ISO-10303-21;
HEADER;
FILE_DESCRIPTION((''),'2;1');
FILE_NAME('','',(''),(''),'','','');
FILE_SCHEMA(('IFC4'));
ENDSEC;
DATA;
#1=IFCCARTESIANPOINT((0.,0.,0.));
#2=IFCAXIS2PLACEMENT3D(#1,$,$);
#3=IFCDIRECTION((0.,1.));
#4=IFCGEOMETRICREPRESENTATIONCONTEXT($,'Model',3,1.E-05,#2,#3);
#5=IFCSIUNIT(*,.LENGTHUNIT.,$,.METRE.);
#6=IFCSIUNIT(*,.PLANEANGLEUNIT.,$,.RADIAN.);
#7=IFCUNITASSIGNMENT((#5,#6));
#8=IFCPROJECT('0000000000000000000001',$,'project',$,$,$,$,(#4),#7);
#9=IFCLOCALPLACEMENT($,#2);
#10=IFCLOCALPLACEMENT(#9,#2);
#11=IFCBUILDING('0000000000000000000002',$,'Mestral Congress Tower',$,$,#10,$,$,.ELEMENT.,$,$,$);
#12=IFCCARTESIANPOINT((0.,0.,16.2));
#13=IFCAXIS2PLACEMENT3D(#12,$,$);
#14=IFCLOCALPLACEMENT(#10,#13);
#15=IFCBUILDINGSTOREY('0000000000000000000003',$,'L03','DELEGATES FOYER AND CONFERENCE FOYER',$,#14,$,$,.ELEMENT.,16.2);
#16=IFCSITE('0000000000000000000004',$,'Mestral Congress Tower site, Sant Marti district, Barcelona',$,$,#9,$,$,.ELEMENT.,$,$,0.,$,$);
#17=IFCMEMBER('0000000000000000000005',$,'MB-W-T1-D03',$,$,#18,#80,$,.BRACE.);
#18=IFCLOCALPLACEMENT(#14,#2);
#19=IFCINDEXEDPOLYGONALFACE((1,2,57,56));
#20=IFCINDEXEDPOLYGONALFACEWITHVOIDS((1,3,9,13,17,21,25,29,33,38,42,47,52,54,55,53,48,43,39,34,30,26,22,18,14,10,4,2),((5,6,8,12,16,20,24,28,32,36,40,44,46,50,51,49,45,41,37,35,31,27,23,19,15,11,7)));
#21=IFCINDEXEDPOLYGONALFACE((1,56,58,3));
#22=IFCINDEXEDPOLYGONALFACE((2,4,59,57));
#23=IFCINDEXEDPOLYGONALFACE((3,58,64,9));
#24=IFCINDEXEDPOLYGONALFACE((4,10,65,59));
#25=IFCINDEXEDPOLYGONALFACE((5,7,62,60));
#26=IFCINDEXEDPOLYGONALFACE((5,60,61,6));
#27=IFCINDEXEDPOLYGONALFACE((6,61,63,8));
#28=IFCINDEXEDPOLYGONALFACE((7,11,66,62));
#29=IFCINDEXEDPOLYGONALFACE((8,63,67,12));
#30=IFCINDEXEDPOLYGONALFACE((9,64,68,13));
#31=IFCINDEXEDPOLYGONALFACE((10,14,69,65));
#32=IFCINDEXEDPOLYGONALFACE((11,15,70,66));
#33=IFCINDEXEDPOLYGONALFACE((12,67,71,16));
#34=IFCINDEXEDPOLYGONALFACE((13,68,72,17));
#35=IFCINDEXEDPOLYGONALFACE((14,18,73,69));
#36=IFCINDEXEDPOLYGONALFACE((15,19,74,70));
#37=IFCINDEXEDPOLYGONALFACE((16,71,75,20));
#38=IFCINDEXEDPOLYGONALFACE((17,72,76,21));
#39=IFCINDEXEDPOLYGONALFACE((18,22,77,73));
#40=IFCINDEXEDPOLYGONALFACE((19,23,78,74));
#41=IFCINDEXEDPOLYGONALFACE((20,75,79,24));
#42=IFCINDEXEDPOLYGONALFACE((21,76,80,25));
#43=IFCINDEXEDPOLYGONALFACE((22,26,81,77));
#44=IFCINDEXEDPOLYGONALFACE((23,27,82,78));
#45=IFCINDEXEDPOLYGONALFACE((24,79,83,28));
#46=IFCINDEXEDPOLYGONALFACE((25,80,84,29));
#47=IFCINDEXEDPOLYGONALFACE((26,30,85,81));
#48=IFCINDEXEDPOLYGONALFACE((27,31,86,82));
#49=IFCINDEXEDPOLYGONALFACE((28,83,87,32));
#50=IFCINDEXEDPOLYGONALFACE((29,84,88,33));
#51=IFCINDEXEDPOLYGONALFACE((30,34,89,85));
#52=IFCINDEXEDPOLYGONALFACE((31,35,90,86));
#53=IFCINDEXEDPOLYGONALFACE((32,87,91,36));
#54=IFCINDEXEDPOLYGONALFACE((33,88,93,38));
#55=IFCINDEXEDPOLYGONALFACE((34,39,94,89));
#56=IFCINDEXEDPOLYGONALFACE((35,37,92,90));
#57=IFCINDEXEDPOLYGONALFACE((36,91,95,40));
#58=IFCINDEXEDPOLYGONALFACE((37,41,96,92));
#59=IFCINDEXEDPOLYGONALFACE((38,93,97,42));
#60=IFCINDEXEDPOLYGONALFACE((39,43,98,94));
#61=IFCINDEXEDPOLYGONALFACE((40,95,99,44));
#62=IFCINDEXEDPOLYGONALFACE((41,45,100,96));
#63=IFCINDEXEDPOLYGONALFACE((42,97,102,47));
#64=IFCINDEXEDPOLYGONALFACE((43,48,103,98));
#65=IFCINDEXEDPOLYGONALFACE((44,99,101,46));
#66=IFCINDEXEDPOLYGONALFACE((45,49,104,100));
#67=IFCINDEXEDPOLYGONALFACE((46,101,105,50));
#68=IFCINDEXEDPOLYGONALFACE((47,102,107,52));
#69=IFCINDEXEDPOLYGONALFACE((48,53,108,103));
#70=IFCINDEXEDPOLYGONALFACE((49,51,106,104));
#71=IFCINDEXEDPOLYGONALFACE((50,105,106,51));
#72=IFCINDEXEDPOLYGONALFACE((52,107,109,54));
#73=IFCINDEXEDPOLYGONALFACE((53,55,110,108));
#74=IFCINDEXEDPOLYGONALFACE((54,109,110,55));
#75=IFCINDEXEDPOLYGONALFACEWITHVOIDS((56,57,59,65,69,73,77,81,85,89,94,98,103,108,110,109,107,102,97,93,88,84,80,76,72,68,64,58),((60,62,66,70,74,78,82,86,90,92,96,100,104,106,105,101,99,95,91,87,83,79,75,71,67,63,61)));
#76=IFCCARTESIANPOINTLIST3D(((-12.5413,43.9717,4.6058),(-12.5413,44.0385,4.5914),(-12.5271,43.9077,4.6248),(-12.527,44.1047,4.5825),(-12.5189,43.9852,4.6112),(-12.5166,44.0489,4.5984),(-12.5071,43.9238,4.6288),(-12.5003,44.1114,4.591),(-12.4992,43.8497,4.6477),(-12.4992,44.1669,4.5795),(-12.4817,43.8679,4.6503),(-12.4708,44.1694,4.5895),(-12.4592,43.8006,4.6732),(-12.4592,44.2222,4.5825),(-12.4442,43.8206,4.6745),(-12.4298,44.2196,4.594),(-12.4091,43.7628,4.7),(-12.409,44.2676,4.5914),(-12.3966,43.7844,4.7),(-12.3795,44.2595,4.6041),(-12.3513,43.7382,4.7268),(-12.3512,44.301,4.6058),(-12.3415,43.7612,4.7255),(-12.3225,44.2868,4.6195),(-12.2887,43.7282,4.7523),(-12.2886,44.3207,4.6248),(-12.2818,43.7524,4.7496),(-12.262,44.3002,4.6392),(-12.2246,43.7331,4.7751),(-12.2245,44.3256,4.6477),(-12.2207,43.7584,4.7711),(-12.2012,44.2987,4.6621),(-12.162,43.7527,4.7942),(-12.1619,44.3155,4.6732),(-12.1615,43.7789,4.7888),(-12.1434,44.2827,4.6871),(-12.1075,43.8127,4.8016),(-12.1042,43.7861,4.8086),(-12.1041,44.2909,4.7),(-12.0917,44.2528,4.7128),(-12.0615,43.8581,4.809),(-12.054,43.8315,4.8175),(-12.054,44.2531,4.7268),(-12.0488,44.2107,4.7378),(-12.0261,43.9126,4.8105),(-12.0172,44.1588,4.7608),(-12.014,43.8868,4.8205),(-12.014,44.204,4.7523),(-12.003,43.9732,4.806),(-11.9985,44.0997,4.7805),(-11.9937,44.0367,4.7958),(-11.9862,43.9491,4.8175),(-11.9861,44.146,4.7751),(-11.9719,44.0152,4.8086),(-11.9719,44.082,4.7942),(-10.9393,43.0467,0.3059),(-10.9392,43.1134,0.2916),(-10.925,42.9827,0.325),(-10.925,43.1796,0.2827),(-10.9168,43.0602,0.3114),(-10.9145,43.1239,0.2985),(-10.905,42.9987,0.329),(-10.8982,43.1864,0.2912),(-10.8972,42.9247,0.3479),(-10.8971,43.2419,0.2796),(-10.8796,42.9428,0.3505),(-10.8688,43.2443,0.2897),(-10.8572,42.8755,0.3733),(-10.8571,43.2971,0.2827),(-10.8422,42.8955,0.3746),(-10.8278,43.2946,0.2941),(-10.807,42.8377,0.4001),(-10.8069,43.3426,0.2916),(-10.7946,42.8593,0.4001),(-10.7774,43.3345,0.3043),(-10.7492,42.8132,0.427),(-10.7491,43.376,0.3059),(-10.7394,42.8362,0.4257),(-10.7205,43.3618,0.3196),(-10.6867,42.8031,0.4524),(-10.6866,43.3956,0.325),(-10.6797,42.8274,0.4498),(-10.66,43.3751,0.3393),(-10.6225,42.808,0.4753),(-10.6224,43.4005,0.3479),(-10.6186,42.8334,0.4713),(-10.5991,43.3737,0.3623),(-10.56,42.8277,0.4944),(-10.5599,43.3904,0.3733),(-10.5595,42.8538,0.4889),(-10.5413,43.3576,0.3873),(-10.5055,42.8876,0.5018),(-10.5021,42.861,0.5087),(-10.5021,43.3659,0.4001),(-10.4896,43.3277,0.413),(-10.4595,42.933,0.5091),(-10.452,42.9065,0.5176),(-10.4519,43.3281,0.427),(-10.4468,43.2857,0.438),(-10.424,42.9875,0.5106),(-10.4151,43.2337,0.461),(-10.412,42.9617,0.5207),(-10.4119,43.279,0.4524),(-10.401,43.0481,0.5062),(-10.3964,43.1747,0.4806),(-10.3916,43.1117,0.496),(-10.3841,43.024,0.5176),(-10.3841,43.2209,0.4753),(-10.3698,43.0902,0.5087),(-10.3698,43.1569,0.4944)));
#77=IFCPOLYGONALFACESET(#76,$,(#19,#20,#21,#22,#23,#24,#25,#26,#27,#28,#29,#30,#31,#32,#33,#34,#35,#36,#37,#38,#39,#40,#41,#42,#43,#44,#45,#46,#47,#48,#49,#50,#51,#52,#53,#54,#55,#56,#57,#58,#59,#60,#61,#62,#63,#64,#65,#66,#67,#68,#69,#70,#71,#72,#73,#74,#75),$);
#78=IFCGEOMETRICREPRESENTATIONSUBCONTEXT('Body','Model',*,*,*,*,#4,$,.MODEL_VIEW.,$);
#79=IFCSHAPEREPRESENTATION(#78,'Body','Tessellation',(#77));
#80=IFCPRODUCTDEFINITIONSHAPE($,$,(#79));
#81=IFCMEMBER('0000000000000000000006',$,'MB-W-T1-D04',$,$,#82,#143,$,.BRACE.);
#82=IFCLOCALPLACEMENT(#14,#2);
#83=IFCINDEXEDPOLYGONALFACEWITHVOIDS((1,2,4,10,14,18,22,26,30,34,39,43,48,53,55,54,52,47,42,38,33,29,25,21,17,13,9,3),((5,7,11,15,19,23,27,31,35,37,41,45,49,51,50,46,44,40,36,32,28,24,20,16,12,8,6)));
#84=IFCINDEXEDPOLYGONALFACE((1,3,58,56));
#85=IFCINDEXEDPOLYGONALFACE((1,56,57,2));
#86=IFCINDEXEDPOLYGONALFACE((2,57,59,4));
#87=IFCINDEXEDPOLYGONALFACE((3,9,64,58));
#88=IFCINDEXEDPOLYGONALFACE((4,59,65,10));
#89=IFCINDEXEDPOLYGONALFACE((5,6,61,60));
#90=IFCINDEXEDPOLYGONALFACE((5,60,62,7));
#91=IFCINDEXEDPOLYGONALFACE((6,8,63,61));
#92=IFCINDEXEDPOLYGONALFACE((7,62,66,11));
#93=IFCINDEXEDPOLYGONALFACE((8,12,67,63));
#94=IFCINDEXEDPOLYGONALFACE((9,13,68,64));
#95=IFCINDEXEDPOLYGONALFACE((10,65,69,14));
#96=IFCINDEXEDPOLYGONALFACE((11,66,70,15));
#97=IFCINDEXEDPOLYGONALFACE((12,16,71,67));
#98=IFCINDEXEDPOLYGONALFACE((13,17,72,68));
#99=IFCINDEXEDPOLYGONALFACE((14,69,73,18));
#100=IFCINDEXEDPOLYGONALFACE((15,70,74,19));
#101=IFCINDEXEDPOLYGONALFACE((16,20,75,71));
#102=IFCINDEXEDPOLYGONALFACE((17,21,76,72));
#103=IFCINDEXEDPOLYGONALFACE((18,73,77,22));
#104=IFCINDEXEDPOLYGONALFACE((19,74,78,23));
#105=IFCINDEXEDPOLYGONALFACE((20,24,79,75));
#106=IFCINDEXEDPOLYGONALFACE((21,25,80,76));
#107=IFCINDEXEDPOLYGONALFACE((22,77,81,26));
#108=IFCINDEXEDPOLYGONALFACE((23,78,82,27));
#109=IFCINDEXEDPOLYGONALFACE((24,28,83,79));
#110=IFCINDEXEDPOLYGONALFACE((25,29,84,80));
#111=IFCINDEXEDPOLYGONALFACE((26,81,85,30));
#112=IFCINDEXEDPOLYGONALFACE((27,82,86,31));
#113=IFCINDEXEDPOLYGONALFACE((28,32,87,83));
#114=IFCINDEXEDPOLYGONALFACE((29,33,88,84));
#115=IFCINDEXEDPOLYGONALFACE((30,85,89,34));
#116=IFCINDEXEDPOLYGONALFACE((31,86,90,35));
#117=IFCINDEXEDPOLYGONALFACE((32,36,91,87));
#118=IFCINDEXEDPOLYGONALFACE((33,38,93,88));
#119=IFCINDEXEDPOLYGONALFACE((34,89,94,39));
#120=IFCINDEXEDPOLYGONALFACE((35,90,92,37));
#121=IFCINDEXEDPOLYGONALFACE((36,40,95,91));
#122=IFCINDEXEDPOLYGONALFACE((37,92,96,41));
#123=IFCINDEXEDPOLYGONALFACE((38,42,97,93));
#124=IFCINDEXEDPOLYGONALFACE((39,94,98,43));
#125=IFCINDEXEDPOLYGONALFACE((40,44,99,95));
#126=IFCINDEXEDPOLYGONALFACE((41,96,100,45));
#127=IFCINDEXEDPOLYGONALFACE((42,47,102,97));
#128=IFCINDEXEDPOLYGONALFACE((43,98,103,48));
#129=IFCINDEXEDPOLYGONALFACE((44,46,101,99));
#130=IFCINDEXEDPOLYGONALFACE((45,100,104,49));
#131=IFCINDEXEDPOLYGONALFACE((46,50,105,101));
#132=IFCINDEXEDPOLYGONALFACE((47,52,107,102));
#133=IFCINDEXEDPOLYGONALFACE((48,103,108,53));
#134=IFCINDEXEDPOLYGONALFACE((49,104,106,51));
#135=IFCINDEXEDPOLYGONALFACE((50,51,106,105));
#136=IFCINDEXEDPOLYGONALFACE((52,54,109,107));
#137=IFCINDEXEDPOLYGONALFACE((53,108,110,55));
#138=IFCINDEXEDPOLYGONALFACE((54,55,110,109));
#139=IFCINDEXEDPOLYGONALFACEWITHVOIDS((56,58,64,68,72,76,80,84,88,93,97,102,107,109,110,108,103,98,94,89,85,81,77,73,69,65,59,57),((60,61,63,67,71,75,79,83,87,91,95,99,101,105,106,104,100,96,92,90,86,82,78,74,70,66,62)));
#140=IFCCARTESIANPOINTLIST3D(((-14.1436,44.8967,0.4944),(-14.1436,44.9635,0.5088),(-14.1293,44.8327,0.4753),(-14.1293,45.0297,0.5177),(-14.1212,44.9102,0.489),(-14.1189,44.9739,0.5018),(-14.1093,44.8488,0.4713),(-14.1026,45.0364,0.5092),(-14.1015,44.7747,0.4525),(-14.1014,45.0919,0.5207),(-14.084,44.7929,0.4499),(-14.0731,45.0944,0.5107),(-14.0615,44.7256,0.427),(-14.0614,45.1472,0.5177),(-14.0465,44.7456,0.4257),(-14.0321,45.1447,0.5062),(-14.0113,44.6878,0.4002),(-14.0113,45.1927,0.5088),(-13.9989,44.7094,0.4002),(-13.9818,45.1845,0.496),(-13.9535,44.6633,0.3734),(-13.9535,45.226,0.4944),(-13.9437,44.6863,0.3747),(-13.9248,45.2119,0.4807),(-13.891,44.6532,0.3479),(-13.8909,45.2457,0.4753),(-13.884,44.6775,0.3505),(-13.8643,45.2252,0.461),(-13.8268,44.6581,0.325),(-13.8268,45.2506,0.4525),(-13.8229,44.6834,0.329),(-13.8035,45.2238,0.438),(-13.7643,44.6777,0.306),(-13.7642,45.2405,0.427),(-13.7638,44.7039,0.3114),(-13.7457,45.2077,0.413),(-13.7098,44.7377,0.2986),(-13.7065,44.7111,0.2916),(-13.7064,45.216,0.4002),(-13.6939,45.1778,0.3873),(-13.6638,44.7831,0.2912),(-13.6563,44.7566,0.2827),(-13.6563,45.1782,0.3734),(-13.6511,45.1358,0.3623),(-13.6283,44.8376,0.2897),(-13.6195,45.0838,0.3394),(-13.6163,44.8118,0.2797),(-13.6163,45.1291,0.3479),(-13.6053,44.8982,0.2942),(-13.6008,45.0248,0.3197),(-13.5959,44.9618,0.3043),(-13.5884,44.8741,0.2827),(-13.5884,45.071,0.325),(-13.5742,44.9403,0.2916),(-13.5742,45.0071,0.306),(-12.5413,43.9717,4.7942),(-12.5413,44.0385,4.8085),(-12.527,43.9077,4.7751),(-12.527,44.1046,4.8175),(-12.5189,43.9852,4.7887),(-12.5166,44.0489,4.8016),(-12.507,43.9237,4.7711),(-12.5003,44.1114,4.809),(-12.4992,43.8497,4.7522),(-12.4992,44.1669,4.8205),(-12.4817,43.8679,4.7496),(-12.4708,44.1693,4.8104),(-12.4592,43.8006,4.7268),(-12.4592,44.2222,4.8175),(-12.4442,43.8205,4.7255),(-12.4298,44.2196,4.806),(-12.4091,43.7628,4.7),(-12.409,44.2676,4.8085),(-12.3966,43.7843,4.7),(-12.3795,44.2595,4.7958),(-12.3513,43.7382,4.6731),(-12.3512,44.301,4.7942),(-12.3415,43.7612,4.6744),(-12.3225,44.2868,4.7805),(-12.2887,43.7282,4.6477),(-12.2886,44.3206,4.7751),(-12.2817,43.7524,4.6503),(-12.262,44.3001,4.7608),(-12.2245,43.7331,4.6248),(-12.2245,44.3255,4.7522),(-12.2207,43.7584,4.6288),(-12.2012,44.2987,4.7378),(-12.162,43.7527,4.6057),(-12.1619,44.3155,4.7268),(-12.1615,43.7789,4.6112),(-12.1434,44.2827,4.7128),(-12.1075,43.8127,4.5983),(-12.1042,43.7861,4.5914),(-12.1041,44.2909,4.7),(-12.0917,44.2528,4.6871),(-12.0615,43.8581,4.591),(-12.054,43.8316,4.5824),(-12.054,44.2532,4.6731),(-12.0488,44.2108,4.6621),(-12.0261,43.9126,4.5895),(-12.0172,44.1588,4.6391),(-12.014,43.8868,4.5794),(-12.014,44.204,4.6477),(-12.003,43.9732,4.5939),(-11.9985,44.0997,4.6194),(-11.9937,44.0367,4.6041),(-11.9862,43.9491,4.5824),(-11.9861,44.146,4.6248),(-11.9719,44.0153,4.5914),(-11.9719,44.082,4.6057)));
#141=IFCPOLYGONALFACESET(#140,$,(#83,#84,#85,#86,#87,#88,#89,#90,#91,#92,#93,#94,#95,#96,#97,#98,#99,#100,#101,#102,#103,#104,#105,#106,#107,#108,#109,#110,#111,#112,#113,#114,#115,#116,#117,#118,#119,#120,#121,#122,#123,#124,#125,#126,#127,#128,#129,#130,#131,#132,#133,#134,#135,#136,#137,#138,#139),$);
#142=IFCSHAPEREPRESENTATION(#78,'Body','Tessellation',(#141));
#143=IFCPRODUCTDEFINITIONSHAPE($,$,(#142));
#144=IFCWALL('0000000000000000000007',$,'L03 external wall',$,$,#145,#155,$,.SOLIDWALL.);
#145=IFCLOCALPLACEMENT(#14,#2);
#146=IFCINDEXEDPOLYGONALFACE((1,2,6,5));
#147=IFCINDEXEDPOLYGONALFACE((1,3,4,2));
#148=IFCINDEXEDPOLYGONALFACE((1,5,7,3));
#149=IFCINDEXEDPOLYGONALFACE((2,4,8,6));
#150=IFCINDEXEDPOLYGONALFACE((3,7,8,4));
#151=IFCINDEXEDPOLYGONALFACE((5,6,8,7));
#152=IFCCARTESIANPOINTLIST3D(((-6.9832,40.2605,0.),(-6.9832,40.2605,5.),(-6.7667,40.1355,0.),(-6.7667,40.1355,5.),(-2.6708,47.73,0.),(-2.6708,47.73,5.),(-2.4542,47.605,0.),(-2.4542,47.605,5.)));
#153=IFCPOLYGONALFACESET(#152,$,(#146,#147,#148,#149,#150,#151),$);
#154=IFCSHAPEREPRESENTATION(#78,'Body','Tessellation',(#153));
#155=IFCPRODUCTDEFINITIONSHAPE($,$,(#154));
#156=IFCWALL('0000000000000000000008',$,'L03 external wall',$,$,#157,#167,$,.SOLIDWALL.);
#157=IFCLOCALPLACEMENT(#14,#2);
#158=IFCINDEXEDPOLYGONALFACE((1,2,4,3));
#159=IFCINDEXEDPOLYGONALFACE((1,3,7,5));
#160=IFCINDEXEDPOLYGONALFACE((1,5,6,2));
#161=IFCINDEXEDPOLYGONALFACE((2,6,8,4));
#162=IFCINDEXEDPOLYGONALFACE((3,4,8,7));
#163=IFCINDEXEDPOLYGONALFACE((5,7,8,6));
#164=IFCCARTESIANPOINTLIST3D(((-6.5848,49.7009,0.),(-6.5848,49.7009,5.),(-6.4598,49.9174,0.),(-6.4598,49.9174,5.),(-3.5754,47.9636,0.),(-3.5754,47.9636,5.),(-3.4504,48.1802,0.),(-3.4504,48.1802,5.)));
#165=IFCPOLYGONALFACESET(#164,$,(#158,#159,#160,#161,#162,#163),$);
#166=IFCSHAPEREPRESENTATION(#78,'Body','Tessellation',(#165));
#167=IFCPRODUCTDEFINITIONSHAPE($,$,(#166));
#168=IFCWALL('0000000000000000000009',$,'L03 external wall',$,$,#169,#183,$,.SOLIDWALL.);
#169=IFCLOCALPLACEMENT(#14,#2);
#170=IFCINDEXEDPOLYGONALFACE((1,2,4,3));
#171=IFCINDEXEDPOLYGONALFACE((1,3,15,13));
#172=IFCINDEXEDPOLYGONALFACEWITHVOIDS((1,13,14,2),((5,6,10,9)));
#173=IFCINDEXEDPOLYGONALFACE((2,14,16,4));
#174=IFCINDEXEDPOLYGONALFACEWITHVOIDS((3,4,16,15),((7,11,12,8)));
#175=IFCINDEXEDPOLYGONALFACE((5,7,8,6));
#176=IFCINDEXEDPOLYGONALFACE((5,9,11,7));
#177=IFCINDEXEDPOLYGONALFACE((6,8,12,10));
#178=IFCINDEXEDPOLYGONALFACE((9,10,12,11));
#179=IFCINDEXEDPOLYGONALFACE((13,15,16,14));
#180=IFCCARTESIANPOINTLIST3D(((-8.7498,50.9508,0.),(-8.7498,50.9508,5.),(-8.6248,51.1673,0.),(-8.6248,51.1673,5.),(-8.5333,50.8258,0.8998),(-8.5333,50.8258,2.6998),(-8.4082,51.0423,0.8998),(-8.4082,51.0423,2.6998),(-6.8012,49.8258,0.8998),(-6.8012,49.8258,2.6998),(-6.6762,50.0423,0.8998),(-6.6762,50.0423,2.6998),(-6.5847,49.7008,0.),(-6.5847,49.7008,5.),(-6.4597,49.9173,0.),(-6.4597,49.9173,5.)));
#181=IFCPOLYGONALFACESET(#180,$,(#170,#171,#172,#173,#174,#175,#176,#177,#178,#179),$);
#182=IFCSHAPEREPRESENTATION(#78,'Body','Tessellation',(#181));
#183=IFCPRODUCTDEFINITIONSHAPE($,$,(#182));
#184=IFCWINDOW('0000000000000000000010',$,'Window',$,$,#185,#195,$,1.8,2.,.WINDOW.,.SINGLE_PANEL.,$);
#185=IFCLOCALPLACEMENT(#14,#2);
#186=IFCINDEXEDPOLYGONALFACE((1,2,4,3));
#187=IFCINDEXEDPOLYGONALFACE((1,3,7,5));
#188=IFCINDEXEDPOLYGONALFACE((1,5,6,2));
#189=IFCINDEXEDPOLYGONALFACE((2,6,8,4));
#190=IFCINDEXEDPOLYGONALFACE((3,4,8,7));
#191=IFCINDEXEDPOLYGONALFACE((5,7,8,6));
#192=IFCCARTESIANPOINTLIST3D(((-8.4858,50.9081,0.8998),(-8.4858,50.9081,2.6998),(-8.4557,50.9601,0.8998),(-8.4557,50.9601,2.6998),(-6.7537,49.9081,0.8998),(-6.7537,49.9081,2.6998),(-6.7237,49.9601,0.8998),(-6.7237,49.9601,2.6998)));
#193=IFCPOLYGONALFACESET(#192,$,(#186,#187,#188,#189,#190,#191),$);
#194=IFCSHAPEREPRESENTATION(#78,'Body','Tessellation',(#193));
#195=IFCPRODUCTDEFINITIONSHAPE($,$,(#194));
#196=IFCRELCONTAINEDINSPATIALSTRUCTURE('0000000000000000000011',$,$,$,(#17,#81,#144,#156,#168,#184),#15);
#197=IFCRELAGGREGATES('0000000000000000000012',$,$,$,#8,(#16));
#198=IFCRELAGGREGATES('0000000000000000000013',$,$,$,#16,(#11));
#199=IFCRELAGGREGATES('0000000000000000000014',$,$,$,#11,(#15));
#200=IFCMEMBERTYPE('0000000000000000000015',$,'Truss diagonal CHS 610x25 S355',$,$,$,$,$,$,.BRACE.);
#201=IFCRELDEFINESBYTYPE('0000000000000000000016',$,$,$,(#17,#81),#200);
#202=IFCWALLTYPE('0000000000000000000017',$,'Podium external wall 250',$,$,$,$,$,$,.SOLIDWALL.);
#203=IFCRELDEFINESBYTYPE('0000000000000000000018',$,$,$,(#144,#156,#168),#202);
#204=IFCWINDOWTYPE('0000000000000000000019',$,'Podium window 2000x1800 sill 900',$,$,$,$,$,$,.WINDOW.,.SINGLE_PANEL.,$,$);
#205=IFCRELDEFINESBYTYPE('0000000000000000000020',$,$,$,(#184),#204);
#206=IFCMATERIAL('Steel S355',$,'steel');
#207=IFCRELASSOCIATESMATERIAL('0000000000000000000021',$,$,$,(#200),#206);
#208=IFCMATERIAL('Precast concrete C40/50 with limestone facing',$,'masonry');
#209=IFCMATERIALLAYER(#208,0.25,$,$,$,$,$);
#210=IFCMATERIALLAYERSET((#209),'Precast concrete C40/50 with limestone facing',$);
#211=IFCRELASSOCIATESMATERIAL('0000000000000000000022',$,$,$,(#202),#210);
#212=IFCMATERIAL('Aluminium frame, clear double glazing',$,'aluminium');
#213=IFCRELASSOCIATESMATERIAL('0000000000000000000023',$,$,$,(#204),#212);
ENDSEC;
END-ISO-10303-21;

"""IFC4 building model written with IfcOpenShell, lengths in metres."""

from ifc_helpers import new_model, si_unit, direction, frame, frame_2d, origin, origin_2d, place, context, subcontext, project, spatial, rectangle, hollow_circle, extrude, material, layer, layer_set, material_profile, profile_set, type_object, element, fill, save


model = new_model("IFC4")

# Units and contexts
model_context = context("Model", 3, precision=1e-05, world=origin(), true_north=direction((0.0, 1.0)))
body_context = subcontext(model_context, "Body", "Model", "MODEL_VIEW")
ifc_project = project(units=[si_unit("LENGTHUNIT", "METRE"), si_unit("PLANEANGLEUNIT", "RADIAN")], contexts=[model_context])

# Site, building, storey
site_placement = place(None, origin())
site = spatial("IfcSite", under=ifc_project, at=site_placement, Name="Mestral Congress Tower site, Sant Marti district, Barcelona", CompositionType="ELEMENT", RefElevation=0.0)
building_placement = place(site_placement, origin())
building = spatial("IfcBuilding", under=site, at=building_placement, Name="Mestral Congress Tower", CompositionType="ELEMENT")
storey_placement = place(building_placement, frame((0.0, 0.0, 16.2)))
storey = spatial("IfcBuildingStorey", under=building, at=storey_placement, Name="L03", Description="DELEGATES FOYER AND CONFERENCE FOYER", CompositionType="ELEMENT", Elevation=16.2)

# Shared definitions
ifc_material_1 = material(Name="Steel S355", Category="steel")

# Members
ifc_material_profile_1 = material_profile(ifc_material_1, hollow_circle(Radius=0.3049, WallThickness=0.0249, at=origin_2d()), Name="CHS 610x25")
ifc_profile_set_1 = profile_set([ifc_material_profile_1], Name="Steel S355")
member_type_1 = type_object("IfcMemberType", Name="Truss diagonal CHS 610x25 S355", PredefinedType="BRACE", material=ifc_profile_set_1)
for number, where, z_axis, x_axis, name in (
    (1, (-10.6545, 43.1018, 0.4001), (-0.342254, 0.197623, 0.91859), (-0.500042, -0.866001, 0.0), "MB-W-T1-D03"),
    (2, (-12.2566, 44.0269, 4.7), (-0.342301, 0.197619, -0.918573), (-0.499985, -0.866034, 0.0), "MB-W-T1-D04"),
):
    element("IfcMember", number, at=place(storey_placement, frame(where, z_axis=z_axis, x_axis=x_axis)), inside=storey, type_object=member_type_1, Name=name, PredefinedType="BRACE", context=body_context, shape_type="SweptSolid", body=[
        extrude(hollow_circle(Radius=0.3049, WallThickness=0.0249, at=origin_2d()), origin(), (0.0, 0.0, 1.0), 4.6809),
    ])

# Walls
ifc_material_2 = material(Name="Precast concrete C40/50 with limestone facing", Category="masonry")
ifc_layer_1 = layer(ifc_material_2, 0.25)
ifc_layer_set_1 = layer_set([ifc_layer_1], Name="Precast concrete C40/50 with limestone facing")
wall_type_1 = type_object("IfcWallType", Name="Podium external wall 250", PredefinedType="SOLIDWALL", material=ifc_layer_set_1)
wall_1_placement = place(storey_placement, frame((-2.5625, 47.6675, 0.0), z_axis=(0.0, 0.0, 1.0), x_axis=(-0.499999, -0.866026, 0.0)))
element("IfcWall", 3, at=wall_1_placement, inside=storey, type_object=wall_type_1, Name="L03 external wall", PredefinedType="SOLIDWALL", context=body_context, shape_type="SweptSolid", body=[
    extrude(rectangle(XDim=8.625, YDim=0.25, at=frame_2d((4.3125, 0.0))), origin(), (0.0, 0.0, 1.0), 5.0),
])
wall_2_placement = place(storey_placement, frame((-6.5222, 49.8091, 0.0), z_axis=(0.0, 0.0, 1.0), x_axis=(0.866056, -0.499947, 0.0)))
element("IfcWall", 4, at=wall_2_placement, inside=storey, type_object=wall_type_1, Name="L03 external wall", PredefinedType="SOLIDWALL", context=body_context, shape_type="SweptSolid", body=[
    extrude(rectangle(XDim=3.4749, YDim=0.25, at=frame_2d((1.7373, 0.0))), origin(), (0.0, 0.0, 1.0), 5.0),
])

# Wall, opening, window
wall_3_placement = place(storey_placement, frame((-8.6873, 51.0591, 0.0), z_axis=(0.0, 0.0, 1.0), x_axis=(0.866023, -0.500004, 0.0)))
wall_3 = element("IfcWall", 5, at=wall_3_placement, inside=storey, type_object=wall_type_1, Name="L03 external wall", PredefinedType="SOLIDWALL", context=body_context, shape_type="SweptSolid", body=[
    extrude(rectangle(XDim=2.5, YDim=0.25, at=frame_2d((1.25, 0.0))), origin(), (0.0, 0.0, 1.0), 5.0),
])
opening_1_placement = place(wall_3_placement, frame((0.25, 0.0, 0.8999)))
opening_1 = element("IfcOpeningElement", 6, at=opening_1_placement, cuts=wall_3, PredefinedType="OPENING", context=body_context, shape_type="SweptSolid", body=[
    extrude(rectangle(XDim=2.0, YDim=1.8, at=frame_2d((1.0, 0.8999))), frame((0.0, 0.135, 0.0), z_axis=(0.0, -1.0, 0.0), x_axis=(1.0, 0.0, 0.0)), (0.0, 0.0, 1.0), 0.27),
])
ifc_material_3 = material(Name="Aluminium frame, clear double glazing", Category="aluminium")
window_type = type_object("IfcWindowType", Name="Podium window 2000x1800 sill 900", PartitioningType="SINGLE_PANEL", PredefinedType="WINDOW", material=ifc_material_3)
window_placement = place(opening_1_placement, origin())
window = element("IfcWindow", 7, at=window_placement, inside=storey, type_object=window_type, Name="Window", OverallHeight=1.8, OverallWidth=2.0, PartitioningType="SINGLE_PANEL", PredefinedType="WINDOW", context=body_context, shape_type="SweptSolid", body=[
    extrude(rectangle(XDim=2.0, YDim=1.8, at=frame_2d((1.0, 0.8999))), frame((0.0, 0.03, 0.0), z_axis=(0.0, -1.0, 0.0), x_axis=(1.0, 0.0, 0.0)), (0.0, 0.0, 1.0), 0.0601),
])
fill(opening_1, window)

save(model, "model.ifc")
